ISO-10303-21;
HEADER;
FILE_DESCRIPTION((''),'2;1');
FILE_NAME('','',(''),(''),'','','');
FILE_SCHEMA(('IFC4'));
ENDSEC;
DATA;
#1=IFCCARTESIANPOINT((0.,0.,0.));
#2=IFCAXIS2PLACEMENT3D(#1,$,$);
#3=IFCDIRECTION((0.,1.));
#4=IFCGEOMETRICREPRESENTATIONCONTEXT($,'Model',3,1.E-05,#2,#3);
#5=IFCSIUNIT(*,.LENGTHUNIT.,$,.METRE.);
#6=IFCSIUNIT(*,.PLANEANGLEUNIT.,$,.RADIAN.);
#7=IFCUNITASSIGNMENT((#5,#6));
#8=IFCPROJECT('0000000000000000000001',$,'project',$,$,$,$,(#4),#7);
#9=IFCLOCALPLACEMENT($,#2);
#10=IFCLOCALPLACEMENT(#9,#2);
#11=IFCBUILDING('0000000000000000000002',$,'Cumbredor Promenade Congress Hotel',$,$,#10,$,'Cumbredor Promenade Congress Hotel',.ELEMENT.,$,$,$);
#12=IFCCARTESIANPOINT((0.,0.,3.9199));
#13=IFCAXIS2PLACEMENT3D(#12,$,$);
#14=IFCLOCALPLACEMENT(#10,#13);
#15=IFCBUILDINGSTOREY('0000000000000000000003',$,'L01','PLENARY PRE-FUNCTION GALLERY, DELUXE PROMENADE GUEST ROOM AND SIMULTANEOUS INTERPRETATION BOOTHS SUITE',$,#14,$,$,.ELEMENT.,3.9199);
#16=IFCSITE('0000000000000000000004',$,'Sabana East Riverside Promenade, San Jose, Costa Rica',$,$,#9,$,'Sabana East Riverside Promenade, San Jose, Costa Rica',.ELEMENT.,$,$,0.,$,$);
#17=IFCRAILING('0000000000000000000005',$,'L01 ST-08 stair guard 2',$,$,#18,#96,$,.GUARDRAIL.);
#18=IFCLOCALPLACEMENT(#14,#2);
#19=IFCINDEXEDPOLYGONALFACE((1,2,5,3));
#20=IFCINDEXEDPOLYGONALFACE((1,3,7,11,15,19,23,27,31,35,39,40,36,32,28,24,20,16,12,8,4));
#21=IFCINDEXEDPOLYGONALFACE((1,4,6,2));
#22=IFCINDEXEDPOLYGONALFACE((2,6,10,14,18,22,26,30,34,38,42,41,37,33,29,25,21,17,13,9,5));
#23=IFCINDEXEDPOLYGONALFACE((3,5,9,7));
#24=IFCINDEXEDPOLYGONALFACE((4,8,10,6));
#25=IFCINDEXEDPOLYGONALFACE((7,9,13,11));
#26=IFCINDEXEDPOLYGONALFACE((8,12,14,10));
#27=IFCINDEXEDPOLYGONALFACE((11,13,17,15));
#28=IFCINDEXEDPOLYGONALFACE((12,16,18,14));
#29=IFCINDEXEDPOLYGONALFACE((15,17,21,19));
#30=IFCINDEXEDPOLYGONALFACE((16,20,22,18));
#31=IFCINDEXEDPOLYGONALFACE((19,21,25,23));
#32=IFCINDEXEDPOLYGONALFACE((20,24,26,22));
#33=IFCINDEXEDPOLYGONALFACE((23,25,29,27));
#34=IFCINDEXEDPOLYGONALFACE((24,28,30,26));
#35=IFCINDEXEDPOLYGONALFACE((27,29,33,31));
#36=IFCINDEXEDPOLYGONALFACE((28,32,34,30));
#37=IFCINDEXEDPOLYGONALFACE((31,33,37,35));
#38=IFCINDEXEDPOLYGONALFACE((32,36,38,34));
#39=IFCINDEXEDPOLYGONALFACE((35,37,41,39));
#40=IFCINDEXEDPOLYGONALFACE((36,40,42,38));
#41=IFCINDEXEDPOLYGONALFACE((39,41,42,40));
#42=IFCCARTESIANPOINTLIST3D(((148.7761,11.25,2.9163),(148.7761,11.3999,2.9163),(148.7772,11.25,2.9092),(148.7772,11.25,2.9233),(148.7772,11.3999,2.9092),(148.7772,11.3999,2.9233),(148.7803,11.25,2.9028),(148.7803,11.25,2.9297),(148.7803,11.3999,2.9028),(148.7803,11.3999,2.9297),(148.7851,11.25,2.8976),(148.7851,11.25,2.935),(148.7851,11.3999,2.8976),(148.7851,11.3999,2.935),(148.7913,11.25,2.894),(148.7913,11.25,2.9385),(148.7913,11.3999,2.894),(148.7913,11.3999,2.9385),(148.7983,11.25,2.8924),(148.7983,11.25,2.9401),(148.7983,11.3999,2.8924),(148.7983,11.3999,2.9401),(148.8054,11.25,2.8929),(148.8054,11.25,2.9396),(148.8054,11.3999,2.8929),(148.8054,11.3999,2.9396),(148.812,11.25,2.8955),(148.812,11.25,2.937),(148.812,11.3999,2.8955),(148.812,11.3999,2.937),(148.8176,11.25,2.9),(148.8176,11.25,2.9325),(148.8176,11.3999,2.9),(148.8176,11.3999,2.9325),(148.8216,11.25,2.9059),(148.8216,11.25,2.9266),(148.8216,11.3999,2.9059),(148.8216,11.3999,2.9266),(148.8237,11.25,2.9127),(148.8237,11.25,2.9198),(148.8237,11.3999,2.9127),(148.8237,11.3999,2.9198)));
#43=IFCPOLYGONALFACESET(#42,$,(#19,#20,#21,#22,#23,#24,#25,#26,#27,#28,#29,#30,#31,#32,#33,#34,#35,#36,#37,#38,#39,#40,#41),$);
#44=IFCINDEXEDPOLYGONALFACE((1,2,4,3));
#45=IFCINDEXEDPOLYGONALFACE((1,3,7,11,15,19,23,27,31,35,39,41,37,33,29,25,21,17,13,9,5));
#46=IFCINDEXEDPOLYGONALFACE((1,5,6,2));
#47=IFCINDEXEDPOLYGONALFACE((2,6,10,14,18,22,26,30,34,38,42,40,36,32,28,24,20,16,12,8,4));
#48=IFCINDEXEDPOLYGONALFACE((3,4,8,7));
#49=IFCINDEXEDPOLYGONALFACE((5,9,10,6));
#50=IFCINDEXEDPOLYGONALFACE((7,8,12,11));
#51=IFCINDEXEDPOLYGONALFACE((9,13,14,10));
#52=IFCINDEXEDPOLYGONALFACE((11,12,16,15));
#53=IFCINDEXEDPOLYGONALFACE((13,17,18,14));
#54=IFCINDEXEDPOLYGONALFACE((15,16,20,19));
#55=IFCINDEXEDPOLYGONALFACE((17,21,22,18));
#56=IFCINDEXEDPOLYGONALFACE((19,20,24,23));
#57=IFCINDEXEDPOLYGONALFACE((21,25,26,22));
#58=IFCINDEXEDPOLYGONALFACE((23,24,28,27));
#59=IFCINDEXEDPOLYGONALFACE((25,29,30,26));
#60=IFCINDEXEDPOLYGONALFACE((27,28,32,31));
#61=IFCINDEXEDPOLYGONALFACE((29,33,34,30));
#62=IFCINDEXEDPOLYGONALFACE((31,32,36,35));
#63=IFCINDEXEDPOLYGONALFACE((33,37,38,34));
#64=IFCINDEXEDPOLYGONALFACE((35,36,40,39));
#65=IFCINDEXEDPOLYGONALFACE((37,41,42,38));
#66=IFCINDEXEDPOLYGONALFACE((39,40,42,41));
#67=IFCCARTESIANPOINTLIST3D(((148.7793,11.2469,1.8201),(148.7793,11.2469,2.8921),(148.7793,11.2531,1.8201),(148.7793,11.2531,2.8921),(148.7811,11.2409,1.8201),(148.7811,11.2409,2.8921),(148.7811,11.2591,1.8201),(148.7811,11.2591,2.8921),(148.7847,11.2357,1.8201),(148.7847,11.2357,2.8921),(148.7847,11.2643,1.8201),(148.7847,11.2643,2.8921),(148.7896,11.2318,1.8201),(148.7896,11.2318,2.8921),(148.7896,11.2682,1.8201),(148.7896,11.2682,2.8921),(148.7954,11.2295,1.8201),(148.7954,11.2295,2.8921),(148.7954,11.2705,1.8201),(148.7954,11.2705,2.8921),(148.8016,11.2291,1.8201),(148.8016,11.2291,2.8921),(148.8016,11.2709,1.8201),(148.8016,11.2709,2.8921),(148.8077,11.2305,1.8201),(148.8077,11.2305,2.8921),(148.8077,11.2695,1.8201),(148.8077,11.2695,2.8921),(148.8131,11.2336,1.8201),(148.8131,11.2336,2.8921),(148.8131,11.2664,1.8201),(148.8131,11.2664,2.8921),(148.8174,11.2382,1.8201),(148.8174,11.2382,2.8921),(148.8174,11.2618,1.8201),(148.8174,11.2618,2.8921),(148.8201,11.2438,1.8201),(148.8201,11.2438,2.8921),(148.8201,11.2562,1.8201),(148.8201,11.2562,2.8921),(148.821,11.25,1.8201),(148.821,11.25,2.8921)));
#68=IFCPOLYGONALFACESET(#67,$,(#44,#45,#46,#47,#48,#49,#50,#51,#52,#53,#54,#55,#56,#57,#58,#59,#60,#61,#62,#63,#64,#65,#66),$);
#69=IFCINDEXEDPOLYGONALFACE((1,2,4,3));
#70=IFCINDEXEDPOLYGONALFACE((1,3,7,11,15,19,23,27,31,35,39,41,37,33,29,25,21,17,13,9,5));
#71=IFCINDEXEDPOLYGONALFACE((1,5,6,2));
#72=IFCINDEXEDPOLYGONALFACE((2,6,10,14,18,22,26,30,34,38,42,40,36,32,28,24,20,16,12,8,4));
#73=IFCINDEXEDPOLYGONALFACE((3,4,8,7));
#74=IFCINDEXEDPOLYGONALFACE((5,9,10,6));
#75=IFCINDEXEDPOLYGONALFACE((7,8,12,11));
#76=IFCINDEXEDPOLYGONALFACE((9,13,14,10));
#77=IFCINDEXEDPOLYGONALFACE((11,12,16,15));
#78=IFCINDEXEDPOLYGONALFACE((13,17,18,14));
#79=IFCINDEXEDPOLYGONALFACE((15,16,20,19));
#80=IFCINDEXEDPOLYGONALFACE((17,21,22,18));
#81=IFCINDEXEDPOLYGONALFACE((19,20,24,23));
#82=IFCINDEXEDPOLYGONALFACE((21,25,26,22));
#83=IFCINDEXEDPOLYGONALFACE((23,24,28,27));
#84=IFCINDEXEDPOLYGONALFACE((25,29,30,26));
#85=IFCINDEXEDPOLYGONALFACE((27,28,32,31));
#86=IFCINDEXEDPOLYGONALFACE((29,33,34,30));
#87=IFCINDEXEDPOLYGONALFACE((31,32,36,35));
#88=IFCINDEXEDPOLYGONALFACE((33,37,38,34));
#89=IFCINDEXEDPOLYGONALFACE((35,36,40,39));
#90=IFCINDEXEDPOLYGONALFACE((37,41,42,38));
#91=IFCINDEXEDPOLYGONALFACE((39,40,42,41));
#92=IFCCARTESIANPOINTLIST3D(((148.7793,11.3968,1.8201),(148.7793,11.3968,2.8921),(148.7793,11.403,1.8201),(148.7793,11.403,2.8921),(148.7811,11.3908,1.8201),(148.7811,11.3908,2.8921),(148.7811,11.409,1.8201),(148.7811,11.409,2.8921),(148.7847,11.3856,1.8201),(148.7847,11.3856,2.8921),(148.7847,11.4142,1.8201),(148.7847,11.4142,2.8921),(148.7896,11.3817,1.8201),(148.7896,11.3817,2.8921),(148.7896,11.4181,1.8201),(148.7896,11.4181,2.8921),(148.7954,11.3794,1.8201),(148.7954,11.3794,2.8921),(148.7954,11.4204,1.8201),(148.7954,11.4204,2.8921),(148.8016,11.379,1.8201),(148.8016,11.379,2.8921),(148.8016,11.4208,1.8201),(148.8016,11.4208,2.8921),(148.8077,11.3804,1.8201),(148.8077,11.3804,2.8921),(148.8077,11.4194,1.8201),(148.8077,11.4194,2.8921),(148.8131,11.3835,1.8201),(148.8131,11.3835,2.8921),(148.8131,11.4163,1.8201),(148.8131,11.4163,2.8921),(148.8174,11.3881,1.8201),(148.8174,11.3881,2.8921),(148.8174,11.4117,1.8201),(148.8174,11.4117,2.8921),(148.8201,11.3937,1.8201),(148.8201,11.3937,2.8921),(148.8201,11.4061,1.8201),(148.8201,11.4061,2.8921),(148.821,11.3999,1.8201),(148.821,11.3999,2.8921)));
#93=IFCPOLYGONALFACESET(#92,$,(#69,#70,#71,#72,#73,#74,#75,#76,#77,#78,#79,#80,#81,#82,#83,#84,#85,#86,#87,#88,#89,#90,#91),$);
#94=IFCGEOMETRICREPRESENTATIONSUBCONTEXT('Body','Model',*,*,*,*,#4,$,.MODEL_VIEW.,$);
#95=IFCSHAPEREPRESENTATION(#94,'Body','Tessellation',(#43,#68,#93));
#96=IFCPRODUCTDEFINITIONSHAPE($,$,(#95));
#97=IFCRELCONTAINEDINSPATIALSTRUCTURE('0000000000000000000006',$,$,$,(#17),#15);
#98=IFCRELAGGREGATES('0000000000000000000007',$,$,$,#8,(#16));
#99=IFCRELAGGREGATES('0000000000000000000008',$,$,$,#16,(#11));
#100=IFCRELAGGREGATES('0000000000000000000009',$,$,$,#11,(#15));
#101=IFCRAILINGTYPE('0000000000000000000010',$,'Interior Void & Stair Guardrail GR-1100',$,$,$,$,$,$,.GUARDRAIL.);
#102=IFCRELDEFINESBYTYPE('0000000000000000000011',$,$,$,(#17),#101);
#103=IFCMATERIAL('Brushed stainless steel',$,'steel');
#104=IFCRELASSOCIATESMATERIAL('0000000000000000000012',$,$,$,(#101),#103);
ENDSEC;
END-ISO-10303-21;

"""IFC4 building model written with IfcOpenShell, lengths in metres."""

from ifc_helpers import new_model, si_unit, direction, frame, origin, origin_2d, place, context, subcontext, project, spatial, circle, extrude, material, type_object, element, save


model = new_model("IFC4")

# Units and contexts
model_context = context("Model", 3, precision=1e-05, world=origin(), true_north=direction((0.0, 1.0)))
body_context = subcontext(model_context, "Body", "Model", "MODEL_VIEW")
ifc_project = project(units=[si_unit("LENGTHUNIT", "METRE"), si_unit("PLANEANGLEUNIT", "RADIAN")], contexts=[model_context])

# Site, building, storey
site_placement = place(None, origin())
site = spatial("IfcSite", under=ifc_project, at=site_placement, Name="Sabana East Riverside Promenade, San Jose, Costa Rica", LongName="Sabana East Riverside Promenade, San Jose, Costa Rica", CompositionType="ELEMENT", RefElevation=0.0)
building_placement = place(site_placement, origin())
building = spatial("IfcBuilding", under=site, at=building_placement, Name="Cumbredor Promenade Congress Hotel", LongName="Cumbredor Promenade Congress Hotel", CompositionType="ELEMENT")
storey_placement = place(building_placement, frame((0.0, 0.0, 3.9199)))
storey = spatial("IfcBuildingStorey", under=building, at=storey_placement, Name="L01", Description="PLENARY PRE-FUNCTION GALLERY, DELUXE PROMENADE GUEST ROOM AND SIMULTANEOUS INTERPRETATION BOOTHS SUITE", CompositionType="ELEMENT", Elevation=3.9199)

# Shared definitions
ifc_material_1 = material(Name="Brushed stainless steel", Category="steel")

# Railing
railing_type_1 = type_object("IfcRailingType", Name="Interior Void & Stair Guardrail GR-1100", PredefinedType="GUARDRAIL", material=ifc_material_1)
railing_1_placement = place(storey_placement, frame((148.8, 11.25, 1.8201)))
element("IfcRailing", 1, at=railing_1_placement, inside=storey, type_object=railing_type_1, Name="L01 ST-08 stair guard 2", PredefinedType="GUARDRAIL", context=body_context, shape_type="SweptSolid", body=[
    extrude(circle(Radius=0.0239, at=origin_2d()), frame((0.0, 0.0, 1.0962), z_axis=(0.0, 1.0, 0.0), x_axis=(-1.0, 0.0, 0.0)), (0.0, 0.0, 1.0), 0.1499),
    extrude(circle(Radius=0.021, at=origin_2d()), origin(), (0.0, 0.0, 1.0), 1.072),
    extrude(circle(Radius=0.021, at=origin_2d()), frame((0.0, 0.1499, 0.0)), (0.0, 0.0, 1.0), 1.072),
])

save(model, "model.ifc")
